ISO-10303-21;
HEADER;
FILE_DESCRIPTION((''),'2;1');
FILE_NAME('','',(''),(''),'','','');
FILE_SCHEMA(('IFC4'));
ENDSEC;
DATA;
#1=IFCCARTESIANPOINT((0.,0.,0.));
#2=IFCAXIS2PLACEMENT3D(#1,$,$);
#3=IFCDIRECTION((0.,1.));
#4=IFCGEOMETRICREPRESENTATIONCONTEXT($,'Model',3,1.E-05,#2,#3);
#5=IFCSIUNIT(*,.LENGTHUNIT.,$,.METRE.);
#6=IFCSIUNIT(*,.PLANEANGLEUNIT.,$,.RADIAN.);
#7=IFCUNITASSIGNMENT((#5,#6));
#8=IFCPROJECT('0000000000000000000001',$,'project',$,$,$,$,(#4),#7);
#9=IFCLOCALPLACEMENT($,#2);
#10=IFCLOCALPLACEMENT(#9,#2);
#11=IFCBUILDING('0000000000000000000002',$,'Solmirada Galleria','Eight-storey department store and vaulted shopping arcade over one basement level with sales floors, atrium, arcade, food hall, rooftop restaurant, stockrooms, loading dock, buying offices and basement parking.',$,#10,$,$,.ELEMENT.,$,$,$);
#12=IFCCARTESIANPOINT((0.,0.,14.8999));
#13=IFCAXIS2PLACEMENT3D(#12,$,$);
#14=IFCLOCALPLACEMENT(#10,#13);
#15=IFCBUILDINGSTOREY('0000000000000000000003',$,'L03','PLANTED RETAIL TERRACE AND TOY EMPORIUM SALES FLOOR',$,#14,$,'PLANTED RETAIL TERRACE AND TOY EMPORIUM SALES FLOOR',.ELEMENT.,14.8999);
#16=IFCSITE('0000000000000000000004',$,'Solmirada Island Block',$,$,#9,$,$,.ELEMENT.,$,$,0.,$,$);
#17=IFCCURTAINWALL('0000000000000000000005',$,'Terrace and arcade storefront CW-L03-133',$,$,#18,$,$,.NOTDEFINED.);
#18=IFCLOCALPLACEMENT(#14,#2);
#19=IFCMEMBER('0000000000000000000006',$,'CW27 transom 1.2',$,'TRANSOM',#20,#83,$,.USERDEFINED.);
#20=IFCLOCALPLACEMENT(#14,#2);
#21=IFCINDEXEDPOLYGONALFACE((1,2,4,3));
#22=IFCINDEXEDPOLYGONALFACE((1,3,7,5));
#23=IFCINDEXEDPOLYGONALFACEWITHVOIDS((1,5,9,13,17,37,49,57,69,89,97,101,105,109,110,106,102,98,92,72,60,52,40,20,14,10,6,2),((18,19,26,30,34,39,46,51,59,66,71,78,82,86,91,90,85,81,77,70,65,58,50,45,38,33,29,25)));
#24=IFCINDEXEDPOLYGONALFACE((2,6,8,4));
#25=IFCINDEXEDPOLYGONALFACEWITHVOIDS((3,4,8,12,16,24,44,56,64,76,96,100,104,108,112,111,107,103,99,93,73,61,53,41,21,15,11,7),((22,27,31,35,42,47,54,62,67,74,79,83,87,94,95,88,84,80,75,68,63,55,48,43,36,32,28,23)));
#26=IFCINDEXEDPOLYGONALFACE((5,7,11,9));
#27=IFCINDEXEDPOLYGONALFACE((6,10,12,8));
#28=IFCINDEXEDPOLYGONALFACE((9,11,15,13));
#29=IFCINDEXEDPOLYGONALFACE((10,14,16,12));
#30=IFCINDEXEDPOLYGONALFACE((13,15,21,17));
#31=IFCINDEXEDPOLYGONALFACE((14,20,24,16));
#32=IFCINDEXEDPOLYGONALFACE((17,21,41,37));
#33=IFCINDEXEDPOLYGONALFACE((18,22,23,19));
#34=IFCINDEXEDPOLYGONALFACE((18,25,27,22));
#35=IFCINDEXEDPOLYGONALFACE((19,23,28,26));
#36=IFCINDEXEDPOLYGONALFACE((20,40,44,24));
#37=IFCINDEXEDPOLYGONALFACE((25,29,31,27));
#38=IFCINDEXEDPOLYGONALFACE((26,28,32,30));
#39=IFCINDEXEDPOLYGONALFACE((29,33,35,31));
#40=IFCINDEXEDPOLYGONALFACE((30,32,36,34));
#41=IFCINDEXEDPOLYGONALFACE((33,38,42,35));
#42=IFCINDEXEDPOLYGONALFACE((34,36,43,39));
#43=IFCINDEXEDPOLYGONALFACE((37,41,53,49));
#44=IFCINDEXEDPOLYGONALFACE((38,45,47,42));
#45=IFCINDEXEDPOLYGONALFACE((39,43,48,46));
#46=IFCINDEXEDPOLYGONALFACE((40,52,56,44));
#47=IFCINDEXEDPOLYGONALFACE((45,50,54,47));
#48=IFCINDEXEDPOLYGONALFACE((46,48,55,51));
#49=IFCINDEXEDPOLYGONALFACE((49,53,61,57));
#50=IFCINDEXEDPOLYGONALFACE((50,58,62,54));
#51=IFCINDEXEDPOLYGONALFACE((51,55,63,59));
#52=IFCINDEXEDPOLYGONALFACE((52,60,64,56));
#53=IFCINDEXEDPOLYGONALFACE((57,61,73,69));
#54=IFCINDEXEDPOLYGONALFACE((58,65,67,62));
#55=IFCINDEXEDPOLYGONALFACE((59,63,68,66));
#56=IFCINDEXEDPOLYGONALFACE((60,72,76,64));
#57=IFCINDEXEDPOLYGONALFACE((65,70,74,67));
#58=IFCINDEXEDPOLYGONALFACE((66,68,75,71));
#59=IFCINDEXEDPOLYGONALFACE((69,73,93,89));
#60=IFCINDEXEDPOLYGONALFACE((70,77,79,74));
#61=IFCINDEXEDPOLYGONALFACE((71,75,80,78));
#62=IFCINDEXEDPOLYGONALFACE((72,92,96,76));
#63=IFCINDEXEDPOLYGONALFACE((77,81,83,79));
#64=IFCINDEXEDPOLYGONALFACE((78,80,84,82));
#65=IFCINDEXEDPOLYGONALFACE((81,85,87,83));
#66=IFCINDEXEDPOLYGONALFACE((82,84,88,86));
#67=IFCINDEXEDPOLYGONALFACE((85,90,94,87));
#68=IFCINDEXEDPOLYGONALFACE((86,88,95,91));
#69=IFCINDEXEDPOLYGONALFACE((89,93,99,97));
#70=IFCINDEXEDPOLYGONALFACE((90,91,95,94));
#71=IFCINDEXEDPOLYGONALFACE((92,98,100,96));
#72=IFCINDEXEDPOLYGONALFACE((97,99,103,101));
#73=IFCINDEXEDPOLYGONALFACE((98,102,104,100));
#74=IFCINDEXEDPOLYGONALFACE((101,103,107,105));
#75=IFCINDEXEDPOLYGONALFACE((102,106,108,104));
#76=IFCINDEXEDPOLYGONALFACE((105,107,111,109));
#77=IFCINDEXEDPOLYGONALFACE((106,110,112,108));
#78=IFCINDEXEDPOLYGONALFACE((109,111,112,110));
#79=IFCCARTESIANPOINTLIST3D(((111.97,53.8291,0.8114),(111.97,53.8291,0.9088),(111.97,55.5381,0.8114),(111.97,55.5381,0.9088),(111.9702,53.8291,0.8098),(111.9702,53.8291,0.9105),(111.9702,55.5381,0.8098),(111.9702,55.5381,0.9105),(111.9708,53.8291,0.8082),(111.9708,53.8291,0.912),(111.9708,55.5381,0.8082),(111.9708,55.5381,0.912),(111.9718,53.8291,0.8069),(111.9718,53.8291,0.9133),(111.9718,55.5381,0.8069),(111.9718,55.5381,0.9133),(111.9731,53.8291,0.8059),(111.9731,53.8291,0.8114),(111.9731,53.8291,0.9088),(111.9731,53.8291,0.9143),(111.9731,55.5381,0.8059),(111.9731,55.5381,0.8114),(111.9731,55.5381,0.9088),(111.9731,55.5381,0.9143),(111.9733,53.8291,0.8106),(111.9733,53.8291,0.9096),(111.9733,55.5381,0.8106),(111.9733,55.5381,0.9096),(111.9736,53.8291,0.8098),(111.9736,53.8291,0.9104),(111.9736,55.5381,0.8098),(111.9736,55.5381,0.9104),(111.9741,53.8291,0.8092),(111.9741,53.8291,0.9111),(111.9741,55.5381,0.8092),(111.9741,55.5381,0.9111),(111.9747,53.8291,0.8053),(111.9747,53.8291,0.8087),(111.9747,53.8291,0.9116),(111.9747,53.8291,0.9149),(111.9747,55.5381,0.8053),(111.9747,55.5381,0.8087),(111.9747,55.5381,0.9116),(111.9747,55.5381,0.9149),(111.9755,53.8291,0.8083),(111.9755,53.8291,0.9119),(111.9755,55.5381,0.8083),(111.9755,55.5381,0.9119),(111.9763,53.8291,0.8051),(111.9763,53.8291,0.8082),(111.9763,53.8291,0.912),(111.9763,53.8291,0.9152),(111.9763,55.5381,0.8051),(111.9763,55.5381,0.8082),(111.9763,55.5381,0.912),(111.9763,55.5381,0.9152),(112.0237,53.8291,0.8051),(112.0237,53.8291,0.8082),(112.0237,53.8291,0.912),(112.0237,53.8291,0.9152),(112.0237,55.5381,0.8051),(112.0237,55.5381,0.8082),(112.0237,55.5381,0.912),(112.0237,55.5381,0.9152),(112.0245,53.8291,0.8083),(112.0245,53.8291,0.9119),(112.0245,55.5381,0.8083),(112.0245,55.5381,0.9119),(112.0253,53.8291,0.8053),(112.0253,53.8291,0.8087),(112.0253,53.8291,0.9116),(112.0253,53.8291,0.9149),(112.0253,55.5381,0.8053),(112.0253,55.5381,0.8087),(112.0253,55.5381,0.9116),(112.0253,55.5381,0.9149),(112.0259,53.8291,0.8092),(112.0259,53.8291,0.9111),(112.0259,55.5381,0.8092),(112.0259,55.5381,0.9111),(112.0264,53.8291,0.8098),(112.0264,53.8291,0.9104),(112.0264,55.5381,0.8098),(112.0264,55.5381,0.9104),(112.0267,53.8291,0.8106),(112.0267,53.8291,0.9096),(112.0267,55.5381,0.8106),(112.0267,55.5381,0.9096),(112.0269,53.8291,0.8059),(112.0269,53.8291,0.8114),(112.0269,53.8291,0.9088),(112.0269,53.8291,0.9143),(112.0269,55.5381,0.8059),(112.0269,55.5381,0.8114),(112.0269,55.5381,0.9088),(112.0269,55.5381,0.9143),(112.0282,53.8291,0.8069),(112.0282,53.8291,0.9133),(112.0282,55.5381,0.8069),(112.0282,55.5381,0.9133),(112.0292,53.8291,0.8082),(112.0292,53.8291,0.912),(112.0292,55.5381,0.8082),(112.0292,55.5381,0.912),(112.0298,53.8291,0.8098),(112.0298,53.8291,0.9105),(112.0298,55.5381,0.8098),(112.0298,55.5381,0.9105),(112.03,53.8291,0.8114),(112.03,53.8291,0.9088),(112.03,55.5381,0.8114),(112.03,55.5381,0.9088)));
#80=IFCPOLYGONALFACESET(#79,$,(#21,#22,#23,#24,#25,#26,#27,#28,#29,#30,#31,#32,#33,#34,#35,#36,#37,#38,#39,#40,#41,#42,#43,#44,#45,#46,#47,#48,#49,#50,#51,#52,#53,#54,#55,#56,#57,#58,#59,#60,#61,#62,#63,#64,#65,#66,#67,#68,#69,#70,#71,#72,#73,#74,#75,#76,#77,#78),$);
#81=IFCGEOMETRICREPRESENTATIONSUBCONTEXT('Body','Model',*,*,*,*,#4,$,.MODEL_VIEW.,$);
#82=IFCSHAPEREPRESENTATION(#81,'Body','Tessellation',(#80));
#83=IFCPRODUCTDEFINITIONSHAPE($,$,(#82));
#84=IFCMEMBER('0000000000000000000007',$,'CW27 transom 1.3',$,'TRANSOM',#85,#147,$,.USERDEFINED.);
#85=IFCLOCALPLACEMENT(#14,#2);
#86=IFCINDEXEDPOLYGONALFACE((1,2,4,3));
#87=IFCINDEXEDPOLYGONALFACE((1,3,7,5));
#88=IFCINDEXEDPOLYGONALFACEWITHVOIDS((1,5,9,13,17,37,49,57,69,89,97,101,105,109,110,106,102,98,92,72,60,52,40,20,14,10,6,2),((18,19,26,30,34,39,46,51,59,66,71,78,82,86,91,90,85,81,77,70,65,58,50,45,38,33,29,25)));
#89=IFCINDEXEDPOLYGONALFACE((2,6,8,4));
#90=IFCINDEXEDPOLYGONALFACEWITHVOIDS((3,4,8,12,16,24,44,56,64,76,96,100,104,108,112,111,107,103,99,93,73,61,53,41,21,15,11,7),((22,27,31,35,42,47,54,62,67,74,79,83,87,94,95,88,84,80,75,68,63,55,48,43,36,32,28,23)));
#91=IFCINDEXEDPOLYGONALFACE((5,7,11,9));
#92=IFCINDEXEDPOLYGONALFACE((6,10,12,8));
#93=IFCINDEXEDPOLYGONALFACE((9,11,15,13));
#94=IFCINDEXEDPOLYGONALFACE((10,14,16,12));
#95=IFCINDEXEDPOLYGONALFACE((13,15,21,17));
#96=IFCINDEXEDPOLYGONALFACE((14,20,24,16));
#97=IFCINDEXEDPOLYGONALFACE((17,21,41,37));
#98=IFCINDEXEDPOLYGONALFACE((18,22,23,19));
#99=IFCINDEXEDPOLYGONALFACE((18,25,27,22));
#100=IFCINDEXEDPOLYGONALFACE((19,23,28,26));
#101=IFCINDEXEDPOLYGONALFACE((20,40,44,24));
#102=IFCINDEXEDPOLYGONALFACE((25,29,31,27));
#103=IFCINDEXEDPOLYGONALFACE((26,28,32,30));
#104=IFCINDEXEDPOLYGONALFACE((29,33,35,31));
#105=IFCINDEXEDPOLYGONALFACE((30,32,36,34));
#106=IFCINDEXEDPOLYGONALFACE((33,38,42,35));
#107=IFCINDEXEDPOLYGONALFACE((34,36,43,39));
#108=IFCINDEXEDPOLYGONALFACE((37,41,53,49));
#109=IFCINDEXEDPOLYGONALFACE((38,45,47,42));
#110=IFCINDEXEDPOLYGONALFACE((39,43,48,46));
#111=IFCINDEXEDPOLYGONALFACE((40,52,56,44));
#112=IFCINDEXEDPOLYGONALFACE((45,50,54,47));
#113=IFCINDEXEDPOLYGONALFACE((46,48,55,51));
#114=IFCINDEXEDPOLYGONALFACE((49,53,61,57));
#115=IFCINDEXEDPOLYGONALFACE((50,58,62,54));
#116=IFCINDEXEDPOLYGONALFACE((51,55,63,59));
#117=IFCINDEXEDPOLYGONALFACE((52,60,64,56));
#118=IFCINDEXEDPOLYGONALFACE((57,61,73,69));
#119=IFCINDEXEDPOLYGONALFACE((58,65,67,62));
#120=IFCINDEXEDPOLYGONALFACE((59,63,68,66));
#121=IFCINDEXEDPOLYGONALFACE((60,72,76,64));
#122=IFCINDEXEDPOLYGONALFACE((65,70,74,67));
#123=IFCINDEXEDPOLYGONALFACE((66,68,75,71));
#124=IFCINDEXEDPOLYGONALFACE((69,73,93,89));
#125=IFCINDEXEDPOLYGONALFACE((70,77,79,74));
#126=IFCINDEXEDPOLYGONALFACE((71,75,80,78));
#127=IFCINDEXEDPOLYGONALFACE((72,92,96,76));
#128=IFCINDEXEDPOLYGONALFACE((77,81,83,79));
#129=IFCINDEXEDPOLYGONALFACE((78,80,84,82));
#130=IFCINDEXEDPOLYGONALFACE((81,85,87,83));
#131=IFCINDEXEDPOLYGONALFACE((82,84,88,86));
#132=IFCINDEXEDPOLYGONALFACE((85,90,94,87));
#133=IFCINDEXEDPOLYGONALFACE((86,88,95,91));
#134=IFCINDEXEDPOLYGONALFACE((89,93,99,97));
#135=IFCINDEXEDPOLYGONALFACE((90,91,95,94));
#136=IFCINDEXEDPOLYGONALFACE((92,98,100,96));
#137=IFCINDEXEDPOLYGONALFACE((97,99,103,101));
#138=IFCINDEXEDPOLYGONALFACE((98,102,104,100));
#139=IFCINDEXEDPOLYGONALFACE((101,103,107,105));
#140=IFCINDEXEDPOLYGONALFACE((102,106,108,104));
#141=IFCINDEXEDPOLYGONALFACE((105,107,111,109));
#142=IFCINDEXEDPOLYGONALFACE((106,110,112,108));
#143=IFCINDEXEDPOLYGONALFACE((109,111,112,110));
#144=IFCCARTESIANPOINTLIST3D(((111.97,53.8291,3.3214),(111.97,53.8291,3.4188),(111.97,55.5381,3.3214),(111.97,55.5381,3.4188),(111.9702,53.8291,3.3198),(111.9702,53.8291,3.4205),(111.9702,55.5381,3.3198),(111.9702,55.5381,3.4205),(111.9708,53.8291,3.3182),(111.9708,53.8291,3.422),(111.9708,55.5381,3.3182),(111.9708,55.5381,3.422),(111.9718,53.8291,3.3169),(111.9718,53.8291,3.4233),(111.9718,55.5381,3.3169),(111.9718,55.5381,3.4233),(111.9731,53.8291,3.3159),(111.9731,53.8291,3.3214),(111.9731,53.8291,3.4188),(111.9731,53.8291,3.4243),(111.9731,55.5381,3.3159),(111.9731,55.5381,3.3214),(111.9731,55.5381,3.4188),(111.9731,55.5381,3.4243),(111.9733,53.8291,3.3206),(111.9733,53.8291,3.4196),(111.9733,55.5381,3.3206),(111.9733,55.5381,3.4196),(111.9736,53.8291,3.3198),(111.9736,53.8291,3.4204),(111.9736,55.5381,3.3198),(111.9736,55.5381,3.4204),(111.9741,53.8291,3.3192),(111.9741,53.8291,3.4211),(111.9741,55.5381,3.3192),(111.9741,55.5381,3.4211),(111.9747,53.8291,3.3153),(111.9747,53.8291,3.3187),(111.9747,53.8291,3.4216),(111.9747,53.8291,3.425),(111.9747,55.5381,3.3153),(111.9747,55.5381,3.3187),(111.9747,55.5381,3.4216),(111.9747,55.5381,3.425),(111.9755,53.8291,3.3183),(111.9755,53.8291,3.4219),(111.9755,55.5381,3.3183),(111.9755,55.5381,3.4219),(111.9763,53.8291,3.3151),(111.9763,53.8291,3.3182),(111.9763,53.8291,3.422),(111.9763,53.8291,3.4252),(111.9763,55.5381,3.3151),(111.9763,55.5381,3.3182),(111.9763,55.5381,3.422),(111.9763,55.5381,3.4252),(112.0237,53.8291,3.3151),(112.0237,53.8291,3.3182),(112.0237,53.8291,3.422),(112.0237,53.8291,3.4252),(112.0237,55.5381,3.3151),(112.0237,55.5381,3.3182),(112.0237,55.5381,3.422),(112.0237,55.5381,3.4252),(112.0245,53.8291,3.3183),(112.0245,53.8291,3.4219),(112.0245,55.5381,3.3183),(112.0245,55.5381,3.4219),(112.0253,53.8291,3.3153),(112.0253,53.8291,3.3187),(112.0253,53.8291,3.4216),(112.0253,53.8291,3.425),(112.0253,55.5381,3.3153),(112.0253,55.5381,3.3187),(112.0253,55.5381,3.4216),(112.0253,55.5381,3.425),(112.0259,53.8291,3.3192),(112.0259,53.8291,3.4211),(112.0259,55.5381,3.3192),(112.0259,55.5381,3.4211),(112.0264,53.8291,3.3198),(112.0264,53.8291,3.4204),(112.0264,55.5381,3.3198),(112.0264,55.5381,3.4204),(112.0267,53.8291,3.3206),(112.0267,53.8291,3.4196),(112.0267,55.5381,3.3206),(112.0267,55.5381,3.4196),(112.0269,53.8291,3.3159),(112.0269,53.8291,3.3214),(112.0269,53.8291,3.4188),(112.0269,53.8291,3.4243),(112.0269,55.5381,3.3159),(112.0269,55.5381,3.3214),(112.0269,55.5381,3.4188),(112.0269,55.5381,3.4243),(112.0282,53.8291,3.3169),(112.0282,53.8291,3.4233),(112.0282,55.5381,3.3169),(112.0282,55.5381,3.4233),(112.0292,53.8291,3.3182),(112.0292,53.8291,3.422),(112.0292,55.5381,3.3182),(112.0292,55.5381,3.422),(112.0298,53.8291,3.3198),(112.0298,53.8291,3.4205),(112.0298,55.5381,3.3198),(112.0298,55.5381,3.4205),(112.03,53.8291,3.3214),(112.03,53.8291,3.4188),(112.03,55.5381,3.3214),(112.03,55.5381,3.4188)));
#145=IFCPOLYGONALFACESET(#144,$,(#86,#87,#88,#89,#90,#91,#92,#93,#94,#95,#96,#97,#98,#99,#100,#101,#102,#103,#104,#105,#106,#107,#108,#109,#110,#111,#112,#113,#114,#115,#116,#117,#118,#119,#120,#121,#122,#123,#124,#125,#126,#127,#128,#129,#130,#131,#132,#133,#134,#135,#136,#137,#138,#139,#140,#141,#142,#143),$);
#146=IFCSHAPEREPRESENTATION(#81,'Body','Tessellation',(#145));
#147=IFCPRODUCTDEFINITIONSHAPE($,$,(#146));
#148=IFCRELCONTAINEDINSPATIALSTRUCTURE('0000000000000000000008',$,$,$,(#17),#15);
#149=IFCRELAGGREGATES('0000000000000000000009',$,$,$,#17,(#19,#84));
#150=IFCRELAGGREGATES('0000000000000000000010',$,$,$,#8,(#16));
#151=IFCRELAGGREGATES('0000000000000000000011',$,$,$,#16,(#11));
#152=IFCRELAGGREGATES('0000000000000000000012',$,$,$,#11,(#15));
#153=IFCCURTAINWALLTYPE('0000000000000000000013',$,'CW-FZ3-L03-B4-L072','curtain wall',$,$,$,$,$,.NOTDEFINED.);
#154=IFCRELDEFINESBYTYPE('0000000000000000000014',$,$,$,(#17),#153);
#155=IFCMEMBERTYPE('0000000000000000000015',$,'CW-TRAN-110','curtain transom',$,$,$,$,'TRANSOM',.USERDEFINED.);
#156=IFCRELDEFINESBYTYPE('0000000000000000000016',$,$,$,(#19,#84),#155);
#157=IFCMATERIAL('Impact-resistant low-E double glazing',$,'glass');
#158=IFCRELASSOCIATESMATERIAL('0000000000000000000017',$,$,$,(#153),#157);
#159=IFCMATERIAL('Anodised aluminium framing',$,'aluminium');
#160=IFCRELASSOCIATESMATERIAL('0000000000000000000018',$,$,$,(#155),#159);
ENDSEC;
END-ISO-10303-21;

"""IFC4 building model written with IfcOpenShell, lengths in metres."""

from ifc_helpers import new_model, si_unit, direction, frame, origin, origin_2d, place, context, subcontext, project, spatial, hollow_rectangle, extrude, material, material_profile, profile_set, type_object, element, aggregate, save


model = new_model("IFC4")

# Units and contexts
model_context = context("Model", 3, precision=1e-05, world=origin(), true_north=direction((0.0, 1.0)))
body_context = subcontext(model_context, "Body", "Model", "MODEL_VIEW")
ifc_project = project(units=[si_unit("LENGTHUNIT", "METRE"), si_unit("PLANEANGLEUNIT", "RADIAN")], contexts=[model_context])

# Site, building, storey
site_placement = place(None, origin())
site = spatial("IfcSite", under=ifc_project, at=site_placement, Name="Solmirada Island Block", CompositionType="ELEMENT", RefElevation=0.0)
building_placement = place(site_placement, origin())
building = spatial("IfcBuilding", under=site, at=building_placement, Name="Solmirada Galleria", Description="Eight-storey department store and vaulted shopping arcade over one basement level with sales floors, atrium, arcade, food hall, rooftop restaurant, stockrooms, loading dock, buying offices and basement parking.", CompositionType="ELEMENT")
storey_placement = place(building_placement, frame((0.0, 0.0, 14.8999)))
storey = spatial("IfcBuildingStorey", under=building, at=storey_placement, Name="L03", Description="PLANTED RETAIL TERRACE AND TOY EMPORIUM SALES FLOOR", LongName="PLANTED RETAIL TERRACE AND TOY EMPORIUM SALES FLOOR", CompositionType="ELEMENT", Elevation=14.8999)

# Shared definitions
ifc_material_1 = material(Name="Impact-resistant low-E double glazing", Category="glass")
curtain_wall_type = type_object("IfcCurtainWallType", Name="CW-FZ3-L03-B4-L072", Description="curtain wall", PredefinedType="NOTDEFINED", material=ifc_material_1)
ifc_material_2 = material(Name="Anodised aluminium framing", Category="aluminium")

# Curtain wall, members
curtain_wall_1_placement = place(storey_placement, origin())
curtain_wall_1 = element("IfcCurtainWall", 1, at=curtain_wall_1_placement, inside=storey, type_object=curtain_wall_type, Name="Terrace and arcade storefront CW-L03-133", PredefinedType="NOTDEFINED")
ifc_material_profile_1 = material_profile(ifc_material_2, hollow_rectangle(XDim=0.0601, YDim=0.1101, WallThickness=0.0032, InnerFilletRadius=0.0032, OuterFilletRadius=0.0063, at=origin_2d()), Name="ALU-TRAN-110X60")
ifc_profile_set_1 = profile_set([ifc_material_profile_1], Name="Anodised aluminium framing")
member_type_1 = type_object("IfcMemberType", Name="CW-TRAN-110", Description="curtain transom", ElementType="TRANSOM", PredefinedType="USERDEFINED", material=ifc_profile_set_1)
member_1_placement = place(storey_placement, frame((112.0, 55.5381, 0.8601), z_axis=(0.0, -1.0, 0.0), x_axis=(1.0, 0.0, 0.0)))
member_1 = element("IfcMember", 2, at=member_1_placement, type_object=member_type_1, Name="CW27 transom 1.2", ObjectType="TRANSOM", PredefinedType="USERDEFINED", context=body_context, shape_type="SweptSolid", body=[
    extrude(hollow_rectangle(XDim=0.0601, YDim=0.1101, WallThickness=0.0032, InnerFilletRadius=0.0032, OuterFilletRadius=0.0063, at=origin_2d()), origin(), (0.0, 0.0, 1.0), 1.709),
])
member_2_placement = place(storey_placement, frame((112.0, 55.5381, 3.3701), z_axis=(0.0, -1.0, 0.0), x_axis=(1.0, 0.0, 0.0)))
member_2 = element("IfcMember", 3, at=member_2_placement, type_object=member_type_1, Name="CW27 transom 1.3", ObjectType="TRANSOM", PredefinedType="USERDEFINED", context=body_context, shape_type="SweptSolid", body=[
    extrude(hollow_rectangle(XDim=0.0601, YDim=0.1101, WallThickness=0.0032, InnerFilletRadius=0.0032, OuterFilletRadius=0.0063, at=origin_2d()), origin(), (0.0, 0.0, 1.0), 1.709),
])

aggregate(curtain_wall_1, [member_1, member_2])

save(model, "model.ifc")
